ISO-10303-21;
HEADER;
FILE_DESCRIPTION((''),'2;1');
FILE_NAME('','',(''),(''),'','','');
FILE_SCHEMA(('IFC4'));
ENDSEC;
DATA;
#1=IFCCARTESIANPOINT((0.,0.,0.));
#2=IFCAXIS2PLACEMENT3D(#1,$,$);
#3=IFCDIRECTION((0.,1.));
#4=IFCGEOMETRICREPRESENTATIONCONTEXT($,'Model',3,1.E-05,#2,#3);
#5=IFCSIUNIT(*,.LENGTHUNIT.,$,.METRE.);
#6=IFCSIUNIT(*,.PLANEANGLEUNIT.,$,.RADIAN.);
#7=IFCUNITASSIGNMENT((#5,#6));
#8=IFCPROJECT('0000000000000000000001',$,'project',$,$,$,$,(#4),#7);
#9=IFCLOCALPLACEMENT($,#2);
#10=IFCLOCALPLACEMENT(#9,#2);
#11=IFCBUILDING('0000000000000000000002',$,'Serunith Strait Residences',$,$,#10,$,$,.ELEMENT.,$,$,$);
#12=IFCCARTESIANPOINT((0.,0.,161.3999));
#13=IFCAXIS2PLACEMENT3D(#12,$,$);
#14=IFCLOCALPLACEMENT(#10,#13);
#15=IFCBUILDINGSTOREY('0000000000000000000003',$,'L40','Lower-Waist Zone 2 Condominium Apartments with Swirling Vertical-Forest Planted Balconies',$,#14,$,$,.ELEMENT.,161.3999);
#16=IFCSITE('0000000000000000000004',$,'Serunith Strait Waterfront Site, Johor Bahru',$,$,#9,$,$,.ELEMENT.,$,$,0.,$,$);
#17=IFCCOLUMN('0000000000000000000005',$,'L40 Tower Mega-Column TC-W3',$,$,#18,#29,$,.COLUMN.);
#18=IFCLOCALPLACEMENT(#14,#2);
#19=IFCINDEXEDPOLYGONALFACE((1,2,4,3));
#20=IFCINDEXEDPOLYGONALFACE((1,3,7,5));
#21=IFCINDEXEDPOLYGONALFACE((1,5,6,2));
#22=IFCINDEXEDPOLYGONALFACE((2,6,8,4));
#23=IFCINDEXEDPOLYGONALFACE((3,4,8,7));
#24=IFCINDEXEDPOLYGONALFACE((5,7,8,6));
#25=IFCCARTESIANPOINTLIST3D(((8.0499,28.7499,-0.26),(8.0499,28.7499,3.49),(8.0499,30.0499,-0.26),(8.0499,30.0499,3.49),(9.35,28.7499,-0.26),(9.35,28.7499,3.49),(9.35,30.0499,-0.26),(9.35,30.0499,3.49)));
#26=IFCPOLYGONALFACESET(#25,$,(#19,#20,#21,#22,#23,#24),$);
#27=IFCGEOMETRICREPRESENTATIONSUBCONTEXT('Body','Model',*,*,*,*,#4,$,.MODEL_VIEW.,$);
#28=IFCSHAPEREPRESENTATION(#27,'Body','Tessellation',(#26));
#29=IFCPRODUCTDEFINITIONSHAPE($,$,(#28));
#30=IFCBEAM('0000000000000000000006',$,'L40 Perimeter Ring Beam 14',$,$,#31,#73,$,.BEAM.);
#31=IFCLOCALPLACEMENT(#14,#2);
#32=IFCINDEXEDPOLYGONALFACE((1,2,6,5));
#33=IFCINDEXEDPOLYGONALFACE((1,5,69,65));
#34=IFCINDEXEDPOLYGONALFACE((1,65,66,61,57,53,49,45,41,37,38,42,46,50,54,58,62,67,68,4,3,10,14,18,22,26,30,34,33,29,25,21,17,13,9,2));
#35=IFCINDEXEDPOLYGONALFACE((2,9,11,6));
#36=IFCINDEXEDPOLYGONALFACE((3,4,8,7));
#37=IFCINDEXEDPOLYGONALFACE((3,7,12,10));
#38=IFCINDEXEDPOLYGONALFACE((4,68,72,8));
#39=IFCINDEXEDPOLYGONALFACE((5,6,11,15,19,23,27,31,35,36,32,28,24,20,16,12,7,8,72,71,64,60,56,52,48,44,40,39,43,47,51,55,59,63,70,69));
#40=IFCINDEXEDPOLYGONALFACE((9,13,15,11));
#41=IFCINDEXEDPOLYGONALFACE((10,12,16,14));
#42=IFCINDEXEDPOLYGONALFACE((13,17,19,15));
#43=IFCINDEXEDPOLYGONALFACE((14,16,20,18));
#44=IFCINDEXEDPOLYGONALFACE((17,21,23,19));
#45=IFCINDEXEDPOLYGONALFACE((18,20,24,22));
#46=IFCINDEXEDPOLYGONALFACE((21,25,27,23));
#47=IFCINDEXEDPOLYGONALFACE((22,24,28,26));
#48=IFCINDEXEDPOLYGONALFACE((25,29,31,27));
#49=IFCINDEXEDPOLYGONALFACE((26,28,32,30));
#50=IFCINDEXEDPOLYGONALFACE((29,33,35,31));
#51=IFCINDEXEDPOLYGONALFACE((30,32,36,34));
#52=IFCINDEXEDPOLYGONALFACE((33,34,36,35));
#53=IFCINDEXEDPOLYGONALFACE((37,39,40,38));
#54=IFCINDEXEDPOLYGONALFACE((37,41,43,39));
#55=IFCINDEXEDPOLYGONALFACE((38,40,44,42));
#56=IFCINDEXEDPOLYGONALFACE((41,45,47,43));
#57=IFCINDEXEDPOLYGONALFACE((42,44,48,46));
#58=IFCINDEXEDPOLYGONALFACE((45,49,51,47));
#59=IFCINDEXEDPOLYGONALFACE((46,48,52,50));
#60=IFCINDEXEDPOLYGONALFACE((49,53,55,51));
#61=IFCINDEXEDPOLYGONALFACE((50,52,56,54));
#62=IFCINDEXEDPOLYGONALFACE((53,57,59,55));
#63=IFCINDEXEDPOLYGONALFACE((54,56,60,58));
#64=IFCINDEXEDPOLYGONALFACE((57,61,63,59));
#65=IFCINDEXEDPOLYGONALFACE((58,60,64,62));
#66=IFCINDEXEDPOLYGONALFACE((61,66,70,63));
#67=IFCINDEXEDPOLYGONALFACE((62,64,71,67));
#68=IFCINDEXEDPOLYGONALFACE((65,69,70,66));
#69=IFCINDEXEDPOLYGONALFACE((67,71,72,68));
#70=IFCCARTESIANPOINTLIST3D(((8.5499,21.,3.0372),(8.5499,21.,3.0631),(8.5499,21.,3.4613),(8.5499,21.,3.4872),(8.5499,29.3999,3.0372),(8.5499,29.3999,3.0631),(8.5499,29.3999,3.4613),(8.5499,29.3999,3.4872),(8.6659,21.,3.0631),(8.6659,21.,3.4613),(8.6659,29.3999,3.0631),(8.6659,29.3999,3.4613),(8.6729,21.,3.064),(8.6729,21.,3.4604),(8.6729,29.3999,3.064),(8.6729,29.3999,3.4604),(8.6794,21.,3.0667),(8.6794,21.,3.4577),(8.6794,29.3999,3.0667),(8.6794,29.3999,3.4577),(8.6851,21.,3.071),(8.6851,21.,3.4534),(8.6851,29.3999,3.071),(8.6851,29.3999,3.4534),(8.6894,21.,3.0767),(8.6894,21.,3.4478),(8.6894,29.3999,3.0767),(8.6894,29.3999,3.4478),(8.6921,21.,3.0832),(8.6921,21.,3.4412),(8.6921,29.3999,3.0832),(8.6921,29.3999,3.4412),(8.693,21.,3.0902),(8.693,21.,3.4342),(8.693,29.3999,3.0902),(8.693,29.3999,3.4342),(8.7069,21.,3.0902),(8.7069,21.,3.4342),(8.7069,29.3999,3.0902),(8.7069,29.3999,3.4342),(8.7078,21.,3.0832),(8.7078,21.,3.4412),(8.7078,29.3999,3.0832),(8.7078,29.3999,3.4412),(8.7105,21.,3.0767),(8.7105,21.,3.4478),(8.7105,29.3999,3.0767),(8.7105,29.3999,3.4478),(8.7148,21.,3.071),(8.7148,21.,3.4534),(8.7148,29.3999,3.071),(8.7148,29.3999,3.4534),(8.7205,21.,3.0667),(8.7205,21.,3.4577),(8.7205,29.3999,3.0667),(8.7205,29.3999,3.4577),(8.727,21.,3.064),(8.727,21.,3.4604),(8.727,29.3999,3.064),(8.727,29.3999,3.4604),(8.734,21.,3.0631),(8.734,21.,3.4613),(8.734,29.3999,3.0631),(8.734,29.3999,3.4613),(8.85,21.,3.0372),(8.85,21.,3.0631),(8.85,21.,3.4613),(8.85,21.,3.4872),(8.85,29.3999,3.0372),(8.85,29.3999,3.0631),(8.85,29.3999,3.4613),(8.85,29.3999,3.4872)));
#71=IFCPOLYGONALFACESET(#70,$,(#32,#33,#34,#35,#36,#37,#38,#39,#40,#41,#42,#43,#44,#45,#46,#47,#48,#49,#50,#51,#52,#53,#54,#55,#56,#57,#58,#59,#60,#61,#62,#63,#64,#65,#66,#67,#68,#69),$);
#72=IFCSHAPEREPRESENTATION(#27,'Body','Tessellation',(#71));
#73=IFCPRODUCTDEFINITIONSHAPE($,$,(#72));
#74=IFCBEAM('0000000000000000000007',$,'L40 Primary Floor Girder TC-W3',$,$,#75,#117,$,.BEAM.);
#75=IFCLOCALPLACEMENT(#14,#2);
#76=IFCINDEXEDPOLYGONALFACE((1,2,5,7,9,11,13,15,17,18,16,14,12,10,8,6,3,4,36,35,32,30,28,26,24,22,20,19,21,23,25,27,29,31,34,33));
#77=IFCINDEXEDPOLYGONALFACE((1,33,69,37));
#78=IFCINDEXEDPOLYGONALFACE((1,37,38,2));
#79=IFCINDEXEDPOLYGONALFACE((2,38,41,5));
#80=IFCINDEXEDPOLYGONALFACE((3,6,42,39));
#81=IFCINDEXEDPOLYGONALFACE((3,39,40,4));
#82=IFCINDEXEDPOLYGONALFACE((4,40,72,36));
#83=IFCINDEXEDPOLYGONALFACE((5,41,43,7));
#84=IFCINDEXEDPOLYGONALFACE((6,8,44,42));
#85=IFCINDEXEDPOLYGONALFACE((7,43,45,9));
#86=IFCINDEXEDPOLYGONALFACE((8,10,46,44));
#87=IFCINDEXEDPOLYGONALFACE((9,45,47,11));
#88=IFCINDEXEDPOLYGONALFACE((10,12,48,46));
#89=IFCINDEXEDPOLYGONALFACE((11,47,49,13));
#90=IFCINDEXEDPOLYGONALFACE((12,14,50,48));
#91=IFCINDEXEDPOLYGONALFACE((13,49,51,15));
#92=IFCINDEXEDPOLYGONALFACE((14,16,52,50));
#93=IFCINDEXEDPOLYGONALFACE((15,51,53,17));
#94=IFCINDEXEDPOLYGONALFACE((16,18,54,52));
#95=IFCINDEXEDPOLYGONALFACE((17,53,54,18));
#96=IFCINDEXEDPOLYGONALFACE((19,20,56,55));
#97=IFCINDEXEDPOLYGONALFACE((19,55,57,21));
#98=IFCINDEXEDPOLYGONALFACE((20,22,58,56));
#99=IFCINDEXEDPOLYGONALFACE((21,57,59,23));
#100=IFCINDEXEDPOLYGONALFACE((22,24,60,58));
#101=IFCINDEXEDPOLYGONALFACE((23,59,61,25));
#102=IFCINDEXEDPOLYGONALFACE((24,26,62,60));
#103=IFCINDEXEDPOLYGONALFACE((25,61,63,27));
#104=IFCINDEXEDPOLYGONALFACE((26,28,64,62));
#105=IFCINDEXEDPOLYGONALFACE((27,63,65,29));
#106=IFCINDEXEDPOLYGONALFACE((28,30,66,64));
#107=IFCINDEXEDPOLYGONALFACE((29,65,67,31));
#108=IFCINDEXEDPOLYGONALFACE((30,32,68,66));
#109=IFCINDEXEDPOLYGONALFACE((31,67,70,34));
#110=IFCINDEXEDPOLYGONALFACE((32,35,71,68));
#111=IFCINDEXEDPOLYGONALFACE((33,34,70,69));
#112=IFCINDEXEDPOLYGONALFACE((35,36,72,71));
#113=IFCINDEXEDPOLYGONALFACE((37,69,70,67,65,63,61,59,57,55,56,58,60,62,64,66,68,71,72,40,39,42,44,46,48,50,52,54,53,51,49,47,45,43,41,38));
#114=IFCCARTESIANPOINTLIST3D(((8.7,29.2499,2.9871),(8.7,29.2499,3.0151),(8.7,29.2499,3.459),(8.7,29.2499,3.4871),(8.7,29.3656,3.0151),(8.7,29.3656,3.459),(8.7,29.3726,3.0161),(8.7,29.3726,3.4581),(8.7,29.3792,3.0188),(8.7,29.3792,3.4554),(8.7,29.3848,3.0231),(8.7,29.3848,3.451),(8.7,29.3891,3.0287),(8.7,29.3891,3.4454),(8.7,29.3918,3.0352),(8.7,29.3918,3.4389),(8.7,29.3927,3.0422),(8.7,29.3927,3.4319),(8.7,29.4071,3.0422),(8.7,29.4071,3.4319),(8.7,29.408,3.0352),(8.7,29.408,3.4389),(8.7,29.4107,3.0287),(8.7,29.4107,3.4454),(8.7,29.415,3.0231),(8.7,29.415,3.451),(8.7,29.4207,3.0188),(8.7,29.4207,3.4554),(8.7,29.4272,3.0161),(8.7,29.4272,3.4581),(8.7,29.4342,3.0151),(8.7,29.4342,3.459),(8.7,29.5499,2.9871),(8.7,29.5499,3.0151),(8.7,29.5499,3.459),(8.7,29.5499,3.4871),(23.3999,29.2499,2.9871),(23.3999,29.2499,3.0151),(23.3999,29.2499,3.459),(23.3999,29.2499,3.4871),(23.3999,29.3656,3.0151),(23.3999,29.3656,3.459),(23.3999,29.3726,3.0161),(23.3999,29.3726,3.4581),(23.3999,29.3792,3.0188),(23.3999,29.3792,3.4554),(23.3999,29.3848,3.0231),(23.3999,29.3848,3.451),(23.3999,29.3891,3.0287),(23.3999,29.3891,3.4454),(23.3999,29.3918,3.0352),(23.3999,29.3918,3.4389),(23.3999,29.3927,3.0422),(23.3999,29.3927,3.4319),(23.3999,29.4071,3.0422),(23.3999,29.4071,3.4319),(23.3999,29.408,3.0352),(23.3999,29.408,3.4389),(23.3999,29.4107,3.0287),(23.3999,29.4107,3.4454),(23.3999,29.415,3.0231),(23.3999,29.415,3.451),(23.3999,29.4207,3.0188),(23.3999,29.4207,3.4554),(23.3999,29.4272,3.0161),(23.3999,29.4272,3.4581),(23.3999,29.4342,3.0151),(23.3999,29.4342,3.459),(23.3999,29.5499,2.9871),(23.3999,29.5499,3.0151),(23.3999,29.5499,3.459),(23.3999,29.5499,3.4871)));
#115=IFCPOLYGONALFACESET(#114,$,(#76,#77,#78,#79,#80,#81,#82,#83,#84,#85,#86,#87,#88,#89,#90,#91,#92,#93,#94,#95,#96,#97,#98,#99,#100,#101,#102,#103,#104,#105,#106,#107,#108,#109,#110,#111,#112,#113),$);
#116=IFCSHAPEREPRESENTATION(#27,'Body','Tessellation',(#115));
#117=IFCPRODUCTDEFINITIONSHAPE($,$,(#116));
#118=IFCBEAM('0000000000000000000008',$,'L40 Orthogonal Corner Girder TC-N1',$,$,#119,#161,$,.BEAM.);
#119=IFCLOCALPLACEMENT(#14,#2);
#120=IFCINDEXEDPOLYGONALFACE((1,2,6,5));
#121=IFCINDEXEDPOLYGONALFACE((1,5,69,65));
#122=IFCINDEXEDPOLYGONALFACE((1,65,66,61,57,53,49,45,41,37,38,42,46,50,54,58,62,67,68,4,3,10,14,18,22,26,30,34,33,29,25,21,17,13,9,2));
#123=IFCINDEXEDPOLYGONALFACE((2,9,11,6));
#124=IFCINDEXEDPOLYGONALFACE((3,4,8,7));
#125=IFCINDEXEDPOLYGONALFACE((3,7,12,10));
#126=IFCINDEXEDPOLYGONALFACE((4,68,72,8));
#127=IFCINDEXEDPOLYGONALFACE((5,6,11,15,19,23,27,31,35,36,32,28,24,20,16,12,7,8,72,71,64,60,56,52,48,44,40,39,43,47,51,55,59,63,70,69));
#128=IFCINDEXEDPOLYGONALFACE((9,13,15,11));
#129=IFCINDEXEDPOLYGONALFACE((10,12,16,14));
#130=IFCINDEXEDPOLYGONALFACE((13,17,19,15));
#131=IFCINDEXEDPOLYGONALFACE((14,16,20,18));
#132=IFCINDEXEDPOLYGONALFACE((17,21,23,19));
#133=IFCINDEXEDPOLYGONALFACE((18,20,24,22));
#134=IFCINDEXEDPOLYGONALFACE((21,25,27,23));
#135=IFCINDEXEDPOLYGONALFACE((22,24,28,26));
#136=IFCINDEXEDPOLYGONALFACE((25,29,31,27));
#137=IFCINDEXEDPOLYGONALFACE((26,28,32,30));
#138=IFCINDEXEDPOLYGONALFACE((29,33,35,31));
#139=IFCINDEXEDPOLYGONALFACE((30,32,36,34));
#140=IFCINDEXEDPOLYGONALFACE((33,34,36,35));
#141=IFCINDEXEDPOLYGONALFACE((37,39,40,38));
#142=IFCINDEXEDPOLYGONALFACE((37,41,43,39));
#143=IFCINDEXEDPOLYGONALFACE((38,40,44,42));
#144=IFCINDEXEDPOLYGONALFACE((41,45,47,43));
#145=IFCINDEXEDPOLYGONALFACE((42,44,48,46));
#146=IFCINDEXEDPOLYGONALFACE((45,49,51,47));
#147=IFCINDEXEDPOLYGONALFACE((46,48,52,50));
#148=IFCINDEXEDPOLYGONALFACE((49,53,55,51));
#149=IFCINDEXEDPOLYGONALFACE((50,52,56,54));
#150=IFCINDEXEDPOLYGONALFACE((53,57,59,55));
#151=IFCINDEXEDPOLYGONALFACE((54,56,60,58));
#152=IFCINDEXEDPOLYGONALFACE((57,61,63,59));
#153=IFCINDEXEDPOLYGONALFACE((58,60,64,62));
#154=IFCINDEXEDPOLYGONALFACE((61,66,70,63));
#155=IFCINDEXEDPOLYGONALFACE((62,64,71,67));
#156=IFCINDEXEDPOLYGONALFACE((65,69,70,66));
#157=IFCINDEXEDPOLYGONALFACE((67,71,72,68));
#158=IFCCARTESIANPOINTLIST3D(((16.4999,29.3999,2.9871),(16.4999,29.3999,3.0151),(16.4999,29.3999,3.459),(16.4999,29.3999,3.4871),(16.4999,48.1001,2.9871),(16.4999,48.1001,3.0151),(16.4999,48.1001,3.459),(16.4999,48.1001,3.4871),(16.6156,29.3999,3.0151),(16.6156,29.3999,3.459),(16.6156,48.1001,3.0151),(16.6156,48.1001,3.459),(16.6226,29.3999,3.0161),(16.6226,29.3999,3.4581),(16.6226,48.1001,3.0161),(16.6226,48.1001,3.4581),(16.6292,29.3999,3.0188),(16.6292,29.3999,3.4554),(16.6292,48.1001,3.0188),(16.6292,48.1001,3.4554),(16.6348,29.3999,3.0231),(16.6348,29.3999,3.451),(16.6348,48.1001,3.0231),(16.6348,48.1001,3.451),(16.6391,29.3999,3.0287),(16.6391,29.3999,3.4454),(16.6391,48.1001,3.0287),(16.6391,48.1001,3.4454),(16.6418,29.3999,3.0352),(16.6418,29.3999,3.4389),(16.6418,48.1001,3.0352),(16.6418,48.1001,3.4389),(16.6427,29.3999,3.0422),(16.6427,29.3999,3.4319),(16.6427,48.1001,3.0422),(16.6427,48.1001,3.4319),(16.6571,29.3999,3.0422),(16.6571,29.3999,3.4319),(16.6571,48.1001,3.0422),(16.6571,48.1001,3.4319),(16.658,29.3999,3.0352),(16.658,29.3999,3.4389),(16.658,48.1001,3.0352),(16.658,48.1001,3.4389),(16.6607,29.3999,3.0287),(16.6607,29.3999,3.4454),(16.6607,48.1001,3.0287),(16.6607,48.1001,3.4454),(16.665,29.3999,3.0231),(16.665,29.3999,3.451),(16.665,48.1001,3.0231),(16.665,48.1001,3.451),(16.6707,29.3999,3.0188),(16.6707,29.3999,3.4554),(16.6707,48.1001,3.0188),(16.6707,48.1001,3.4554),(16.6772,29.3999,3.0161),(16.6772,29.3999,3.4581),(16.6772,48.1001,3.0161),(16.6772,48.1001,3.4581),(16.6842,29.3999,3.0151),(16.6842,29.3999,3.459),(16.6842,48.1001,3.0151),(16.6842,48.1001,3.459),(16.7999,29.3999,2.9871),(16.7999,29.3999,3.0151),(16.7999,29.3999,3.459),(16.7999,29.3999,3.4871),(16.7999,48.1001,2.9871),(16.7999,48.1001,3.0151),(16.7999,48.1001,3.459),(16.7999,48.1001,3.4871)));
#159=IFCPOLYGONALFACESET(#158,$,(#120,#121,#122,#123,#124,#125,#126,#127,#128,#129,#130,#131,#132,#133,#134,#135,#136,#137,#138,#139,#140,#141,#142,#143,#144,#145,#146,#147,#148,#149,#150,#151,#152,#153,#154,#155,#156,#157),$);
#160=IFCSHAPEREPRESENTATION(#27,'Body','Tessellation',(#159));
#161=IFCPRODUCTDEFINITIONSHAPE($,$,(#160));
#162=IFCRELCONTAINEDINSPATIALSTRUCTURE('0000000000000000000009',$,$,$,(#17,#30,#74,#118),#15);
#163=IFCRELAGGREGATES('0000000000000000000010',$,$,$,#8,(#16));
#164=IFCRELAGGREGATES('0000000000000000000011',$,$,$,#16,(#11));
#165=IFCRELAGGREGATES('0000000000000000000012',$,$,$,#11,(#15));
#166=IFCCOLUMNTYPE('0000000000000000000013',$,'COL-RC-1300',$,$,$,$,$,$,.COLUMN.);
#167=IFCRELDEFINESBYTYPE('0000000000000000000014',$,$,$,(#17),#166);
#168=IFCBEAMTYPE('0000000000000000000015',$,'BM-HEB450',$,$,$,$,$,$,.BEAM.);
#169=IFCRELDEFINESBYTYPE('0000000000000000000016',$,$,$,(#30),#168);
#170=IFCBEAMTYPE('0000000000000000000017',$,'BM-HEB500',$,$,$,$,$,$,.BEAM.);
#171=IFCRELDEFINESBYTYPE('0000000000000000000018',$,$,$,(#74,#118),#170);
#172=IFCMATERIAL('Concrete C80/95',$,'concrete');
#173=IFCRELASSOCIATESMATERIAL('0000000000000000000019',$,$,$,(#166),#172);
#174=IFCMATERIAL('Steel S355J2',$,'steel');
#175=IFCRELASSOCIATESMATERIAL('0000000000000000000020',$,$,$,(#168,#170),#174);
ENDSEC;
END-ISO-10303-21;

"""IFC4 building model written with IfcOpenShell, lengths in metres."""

from ifc_helpers import new_model, si_unit, direction, frame, origin, origin_2d, place, context, subcontext, project, spatial, rectangle, i_section, extrude, source, transform, mapped, material, material_profile, profile_set, type_object, element, save


model = new_model("IFC4")

# Units and contexts
model_context = context("Model", 3, precision=1e-05, world=origin(), true_north=direction((0.0, 1.0)))
body_context = subcontext(model_context, "Body", "Model", "MODEL_VIEW")
ifc_project = project(units=[si_unit("LENGTHUNIT", "METRE"), si_unit("PLANEANGLEUNIT", "RADIAN")], contexts=[model_context])

# Site, building, storey
site_placement = place(None, origin())
site = spatial("IfcSite", under=ifc_project, at=site_placement, Name="Serunith Strait Waterfront Site, Johor Bahru", CompositionType="ELEMENT", RefElevation=0.0)
building_placement = place(site_placement, origin())
building = spatial("IfcBuilding", under=site, at=building_placement, Name="Serunith Strait Residences", CompositionType="ELEMENT")
storey_placement = place(building_placement, frame((0.0, 0.0, 161.3999)))
storey = spatial("IfcBuildingStorey", under=building, at=storey_placement, Name="L40", Description="Lower-Waist Zone 2 Condominium Apartments with Swirling Vertical-Forest Planted Balconies", CompositionType="ELEMENT", Elevation=161.3999)

# Column
ifc_material_1 = material(Name="Concrete C80/95", Category="concrete")
ifc_material_profile_1 = material_profile(ifc_material_1, rectangle(XDim=1.3, YDim=1.3, at=origin_2d()), Name="RC 1300x1300")
ifc_profile_set_1 = profile_set([ifc_material_profile_1], Name="Concrete C80/95")
column_type = type_object("IfcColumnType", Name="COL-RC-1300", PredefinedType="COLUMN", material=ifc_profile_set_1)
shared_shape_1 = source(origin(), body_context, "Body", "SweptSolid", [
    extrude(rectangle(XDim=1.3, YDim=1.3, at=origin_2d()), origin(), (0.0, 0.0, 1.0), 3.75),
])
column_placement = place(storey_placement, frame((8.7, 29.3999, -0.26), z_axis=(0.0, 0.0, 1.0), x_axis=(1.0, 0.0, 0.0)))
element("IfcColumn", 1, at=column_placement, inside=storey, type_object=column_type, Name="L40 Tower Mega-Column TC-W3", PredefinedType="COLUMN", context=body_context, shape_type="MappedRepresentation", body=[
    mapped(shared_shape_1, transform((0.0, 0.0, 0.0), scale=1.0)),
])

# Beams
ifc_material_2 = material(Name="Steel S355J2", Category="steel")
ifc_material_profile_2 = material_profile(ifc_material_2, i_section(OverallWidth=0.3, OverallDepth=0.45, WebThickness=0.0139, FlangeThickness=0.0259, FilletRadius=0.0271, at=origin_2d()), Name="HEB 450")
ifc_profile_set_2 = profile_set([ifc_material_profile_2], Name="Steel S355J2")
beam_type_1 = type_object("IfcBeamType", Name="BM-HEB450", PredefinedType="BEAM", material=ifc_profile_set_2)
shared_shape_2 = source(origin(), body_context, "Body", "SweptSolid", [
    extrude(i_section(OverallWidth=0.3, OverallDepth=0.45, WebThickness=0.0139, FlangeThickness=0.0259, FilletRadius=0.0271, at=origin_2d()), origin(), (0.0, 0.0, 1.0), 8.3999),
])
beam_1_placement = place(storey_placement, frame((8.7, 29.3999, 3.2622), z_axis=(0.0, -1.0, 0.0), x_axis=(1.0, 0.0, 0.0)))
element("IfcBeam", 2, at=beam_1_placement, inside=storey, type_object=beam_type_1, Name="L40 Perimeter Ring Beam 14", PredefinedType="BEAM", context=body_context, shape_type="MappedRepresentation", body=[
    mapped(shared_shape_2, transform((0.0, 0.0, 0.0), scale=1.0)),
])
ifc_material_profile_3 = material_profile(ifc_material_2, i_section(OverallWidth=0.3, OverallDepth=0.5, WebThickness=0.0144, FlangeThickness=0.0281, FilletRadius=0.0271, at=origin_2d()), Name="HEB 500")
ifc_profile_set_3 = profile_set([ifc_material_profile_3], Name="Steel S355J2")
beam_type_2 = type_object("IfcBeamType", Name="BM-HEB500", PredefinedType="BEAM", material=ifc_profile_set_3)
shared_shape_3 = source(origin(), body_context, "Body", "SweptSolid", [
    extrude(i_section(OverallWidth=0.3, OverallDepth=0.5, WebThickness=0.0144, FlangeThickness=0.0281, FilletRadius=0.0271, at=origin_2d()), origin(), (0.0, 0.0, 1.0), 14.7),
])
beam_2_placement = place(storey_placement, frame((23.3999, 29.3999, 3.2371), z_axis=(-1.0, 0.0, 0.0), x_axis=(0.0, -1.0, 0.0)))
element("IfcBeam", 3, at=beam_2_placement, inside=storey, type_object=beam_type_2, Name="L40 Primary Floor Girder TC-W3", PredefinedType="BEAM", context=body_context, shape_type="MappedRepresentation", body=[
    mapped(shared_shape_3, transform((0.0, 0.0, 0.0), scale=1.0)),
])
shared_shape_4 = source(origin(), body_context, "Body", "SweptSolid", [
    extrude(i_section(OverallWidth=0.3, OverallDepth=0.5, WebThickness=0.0144, FlangeThickness=0.0281, FilletRadius=0.0271, at=origin_2d()), origin(), (0.0, 0.0, 1.0), 18.7002),
])
beam_3_placement = place(storey_placement, frame((16.6499, 29.3999, 3.2371), z_axis=(0.0, 1.0, 0.0), x_axis=(-1.0, 0.0, 0.0)))
element("IfcBeam", 4, at=beam_3_placement, inside=storey, type_object=beam_type_2, Name="L40 Orthogonal Corner Girder TC-N1", PredefinedType="BEAM", context=body_context, shape_type="MappedRepresentation", body=[
    mapped(shared_shape_4, transform((0.0, 0.0, 0.0), scale=1.0)),
])

save(model, "model.ifc")
